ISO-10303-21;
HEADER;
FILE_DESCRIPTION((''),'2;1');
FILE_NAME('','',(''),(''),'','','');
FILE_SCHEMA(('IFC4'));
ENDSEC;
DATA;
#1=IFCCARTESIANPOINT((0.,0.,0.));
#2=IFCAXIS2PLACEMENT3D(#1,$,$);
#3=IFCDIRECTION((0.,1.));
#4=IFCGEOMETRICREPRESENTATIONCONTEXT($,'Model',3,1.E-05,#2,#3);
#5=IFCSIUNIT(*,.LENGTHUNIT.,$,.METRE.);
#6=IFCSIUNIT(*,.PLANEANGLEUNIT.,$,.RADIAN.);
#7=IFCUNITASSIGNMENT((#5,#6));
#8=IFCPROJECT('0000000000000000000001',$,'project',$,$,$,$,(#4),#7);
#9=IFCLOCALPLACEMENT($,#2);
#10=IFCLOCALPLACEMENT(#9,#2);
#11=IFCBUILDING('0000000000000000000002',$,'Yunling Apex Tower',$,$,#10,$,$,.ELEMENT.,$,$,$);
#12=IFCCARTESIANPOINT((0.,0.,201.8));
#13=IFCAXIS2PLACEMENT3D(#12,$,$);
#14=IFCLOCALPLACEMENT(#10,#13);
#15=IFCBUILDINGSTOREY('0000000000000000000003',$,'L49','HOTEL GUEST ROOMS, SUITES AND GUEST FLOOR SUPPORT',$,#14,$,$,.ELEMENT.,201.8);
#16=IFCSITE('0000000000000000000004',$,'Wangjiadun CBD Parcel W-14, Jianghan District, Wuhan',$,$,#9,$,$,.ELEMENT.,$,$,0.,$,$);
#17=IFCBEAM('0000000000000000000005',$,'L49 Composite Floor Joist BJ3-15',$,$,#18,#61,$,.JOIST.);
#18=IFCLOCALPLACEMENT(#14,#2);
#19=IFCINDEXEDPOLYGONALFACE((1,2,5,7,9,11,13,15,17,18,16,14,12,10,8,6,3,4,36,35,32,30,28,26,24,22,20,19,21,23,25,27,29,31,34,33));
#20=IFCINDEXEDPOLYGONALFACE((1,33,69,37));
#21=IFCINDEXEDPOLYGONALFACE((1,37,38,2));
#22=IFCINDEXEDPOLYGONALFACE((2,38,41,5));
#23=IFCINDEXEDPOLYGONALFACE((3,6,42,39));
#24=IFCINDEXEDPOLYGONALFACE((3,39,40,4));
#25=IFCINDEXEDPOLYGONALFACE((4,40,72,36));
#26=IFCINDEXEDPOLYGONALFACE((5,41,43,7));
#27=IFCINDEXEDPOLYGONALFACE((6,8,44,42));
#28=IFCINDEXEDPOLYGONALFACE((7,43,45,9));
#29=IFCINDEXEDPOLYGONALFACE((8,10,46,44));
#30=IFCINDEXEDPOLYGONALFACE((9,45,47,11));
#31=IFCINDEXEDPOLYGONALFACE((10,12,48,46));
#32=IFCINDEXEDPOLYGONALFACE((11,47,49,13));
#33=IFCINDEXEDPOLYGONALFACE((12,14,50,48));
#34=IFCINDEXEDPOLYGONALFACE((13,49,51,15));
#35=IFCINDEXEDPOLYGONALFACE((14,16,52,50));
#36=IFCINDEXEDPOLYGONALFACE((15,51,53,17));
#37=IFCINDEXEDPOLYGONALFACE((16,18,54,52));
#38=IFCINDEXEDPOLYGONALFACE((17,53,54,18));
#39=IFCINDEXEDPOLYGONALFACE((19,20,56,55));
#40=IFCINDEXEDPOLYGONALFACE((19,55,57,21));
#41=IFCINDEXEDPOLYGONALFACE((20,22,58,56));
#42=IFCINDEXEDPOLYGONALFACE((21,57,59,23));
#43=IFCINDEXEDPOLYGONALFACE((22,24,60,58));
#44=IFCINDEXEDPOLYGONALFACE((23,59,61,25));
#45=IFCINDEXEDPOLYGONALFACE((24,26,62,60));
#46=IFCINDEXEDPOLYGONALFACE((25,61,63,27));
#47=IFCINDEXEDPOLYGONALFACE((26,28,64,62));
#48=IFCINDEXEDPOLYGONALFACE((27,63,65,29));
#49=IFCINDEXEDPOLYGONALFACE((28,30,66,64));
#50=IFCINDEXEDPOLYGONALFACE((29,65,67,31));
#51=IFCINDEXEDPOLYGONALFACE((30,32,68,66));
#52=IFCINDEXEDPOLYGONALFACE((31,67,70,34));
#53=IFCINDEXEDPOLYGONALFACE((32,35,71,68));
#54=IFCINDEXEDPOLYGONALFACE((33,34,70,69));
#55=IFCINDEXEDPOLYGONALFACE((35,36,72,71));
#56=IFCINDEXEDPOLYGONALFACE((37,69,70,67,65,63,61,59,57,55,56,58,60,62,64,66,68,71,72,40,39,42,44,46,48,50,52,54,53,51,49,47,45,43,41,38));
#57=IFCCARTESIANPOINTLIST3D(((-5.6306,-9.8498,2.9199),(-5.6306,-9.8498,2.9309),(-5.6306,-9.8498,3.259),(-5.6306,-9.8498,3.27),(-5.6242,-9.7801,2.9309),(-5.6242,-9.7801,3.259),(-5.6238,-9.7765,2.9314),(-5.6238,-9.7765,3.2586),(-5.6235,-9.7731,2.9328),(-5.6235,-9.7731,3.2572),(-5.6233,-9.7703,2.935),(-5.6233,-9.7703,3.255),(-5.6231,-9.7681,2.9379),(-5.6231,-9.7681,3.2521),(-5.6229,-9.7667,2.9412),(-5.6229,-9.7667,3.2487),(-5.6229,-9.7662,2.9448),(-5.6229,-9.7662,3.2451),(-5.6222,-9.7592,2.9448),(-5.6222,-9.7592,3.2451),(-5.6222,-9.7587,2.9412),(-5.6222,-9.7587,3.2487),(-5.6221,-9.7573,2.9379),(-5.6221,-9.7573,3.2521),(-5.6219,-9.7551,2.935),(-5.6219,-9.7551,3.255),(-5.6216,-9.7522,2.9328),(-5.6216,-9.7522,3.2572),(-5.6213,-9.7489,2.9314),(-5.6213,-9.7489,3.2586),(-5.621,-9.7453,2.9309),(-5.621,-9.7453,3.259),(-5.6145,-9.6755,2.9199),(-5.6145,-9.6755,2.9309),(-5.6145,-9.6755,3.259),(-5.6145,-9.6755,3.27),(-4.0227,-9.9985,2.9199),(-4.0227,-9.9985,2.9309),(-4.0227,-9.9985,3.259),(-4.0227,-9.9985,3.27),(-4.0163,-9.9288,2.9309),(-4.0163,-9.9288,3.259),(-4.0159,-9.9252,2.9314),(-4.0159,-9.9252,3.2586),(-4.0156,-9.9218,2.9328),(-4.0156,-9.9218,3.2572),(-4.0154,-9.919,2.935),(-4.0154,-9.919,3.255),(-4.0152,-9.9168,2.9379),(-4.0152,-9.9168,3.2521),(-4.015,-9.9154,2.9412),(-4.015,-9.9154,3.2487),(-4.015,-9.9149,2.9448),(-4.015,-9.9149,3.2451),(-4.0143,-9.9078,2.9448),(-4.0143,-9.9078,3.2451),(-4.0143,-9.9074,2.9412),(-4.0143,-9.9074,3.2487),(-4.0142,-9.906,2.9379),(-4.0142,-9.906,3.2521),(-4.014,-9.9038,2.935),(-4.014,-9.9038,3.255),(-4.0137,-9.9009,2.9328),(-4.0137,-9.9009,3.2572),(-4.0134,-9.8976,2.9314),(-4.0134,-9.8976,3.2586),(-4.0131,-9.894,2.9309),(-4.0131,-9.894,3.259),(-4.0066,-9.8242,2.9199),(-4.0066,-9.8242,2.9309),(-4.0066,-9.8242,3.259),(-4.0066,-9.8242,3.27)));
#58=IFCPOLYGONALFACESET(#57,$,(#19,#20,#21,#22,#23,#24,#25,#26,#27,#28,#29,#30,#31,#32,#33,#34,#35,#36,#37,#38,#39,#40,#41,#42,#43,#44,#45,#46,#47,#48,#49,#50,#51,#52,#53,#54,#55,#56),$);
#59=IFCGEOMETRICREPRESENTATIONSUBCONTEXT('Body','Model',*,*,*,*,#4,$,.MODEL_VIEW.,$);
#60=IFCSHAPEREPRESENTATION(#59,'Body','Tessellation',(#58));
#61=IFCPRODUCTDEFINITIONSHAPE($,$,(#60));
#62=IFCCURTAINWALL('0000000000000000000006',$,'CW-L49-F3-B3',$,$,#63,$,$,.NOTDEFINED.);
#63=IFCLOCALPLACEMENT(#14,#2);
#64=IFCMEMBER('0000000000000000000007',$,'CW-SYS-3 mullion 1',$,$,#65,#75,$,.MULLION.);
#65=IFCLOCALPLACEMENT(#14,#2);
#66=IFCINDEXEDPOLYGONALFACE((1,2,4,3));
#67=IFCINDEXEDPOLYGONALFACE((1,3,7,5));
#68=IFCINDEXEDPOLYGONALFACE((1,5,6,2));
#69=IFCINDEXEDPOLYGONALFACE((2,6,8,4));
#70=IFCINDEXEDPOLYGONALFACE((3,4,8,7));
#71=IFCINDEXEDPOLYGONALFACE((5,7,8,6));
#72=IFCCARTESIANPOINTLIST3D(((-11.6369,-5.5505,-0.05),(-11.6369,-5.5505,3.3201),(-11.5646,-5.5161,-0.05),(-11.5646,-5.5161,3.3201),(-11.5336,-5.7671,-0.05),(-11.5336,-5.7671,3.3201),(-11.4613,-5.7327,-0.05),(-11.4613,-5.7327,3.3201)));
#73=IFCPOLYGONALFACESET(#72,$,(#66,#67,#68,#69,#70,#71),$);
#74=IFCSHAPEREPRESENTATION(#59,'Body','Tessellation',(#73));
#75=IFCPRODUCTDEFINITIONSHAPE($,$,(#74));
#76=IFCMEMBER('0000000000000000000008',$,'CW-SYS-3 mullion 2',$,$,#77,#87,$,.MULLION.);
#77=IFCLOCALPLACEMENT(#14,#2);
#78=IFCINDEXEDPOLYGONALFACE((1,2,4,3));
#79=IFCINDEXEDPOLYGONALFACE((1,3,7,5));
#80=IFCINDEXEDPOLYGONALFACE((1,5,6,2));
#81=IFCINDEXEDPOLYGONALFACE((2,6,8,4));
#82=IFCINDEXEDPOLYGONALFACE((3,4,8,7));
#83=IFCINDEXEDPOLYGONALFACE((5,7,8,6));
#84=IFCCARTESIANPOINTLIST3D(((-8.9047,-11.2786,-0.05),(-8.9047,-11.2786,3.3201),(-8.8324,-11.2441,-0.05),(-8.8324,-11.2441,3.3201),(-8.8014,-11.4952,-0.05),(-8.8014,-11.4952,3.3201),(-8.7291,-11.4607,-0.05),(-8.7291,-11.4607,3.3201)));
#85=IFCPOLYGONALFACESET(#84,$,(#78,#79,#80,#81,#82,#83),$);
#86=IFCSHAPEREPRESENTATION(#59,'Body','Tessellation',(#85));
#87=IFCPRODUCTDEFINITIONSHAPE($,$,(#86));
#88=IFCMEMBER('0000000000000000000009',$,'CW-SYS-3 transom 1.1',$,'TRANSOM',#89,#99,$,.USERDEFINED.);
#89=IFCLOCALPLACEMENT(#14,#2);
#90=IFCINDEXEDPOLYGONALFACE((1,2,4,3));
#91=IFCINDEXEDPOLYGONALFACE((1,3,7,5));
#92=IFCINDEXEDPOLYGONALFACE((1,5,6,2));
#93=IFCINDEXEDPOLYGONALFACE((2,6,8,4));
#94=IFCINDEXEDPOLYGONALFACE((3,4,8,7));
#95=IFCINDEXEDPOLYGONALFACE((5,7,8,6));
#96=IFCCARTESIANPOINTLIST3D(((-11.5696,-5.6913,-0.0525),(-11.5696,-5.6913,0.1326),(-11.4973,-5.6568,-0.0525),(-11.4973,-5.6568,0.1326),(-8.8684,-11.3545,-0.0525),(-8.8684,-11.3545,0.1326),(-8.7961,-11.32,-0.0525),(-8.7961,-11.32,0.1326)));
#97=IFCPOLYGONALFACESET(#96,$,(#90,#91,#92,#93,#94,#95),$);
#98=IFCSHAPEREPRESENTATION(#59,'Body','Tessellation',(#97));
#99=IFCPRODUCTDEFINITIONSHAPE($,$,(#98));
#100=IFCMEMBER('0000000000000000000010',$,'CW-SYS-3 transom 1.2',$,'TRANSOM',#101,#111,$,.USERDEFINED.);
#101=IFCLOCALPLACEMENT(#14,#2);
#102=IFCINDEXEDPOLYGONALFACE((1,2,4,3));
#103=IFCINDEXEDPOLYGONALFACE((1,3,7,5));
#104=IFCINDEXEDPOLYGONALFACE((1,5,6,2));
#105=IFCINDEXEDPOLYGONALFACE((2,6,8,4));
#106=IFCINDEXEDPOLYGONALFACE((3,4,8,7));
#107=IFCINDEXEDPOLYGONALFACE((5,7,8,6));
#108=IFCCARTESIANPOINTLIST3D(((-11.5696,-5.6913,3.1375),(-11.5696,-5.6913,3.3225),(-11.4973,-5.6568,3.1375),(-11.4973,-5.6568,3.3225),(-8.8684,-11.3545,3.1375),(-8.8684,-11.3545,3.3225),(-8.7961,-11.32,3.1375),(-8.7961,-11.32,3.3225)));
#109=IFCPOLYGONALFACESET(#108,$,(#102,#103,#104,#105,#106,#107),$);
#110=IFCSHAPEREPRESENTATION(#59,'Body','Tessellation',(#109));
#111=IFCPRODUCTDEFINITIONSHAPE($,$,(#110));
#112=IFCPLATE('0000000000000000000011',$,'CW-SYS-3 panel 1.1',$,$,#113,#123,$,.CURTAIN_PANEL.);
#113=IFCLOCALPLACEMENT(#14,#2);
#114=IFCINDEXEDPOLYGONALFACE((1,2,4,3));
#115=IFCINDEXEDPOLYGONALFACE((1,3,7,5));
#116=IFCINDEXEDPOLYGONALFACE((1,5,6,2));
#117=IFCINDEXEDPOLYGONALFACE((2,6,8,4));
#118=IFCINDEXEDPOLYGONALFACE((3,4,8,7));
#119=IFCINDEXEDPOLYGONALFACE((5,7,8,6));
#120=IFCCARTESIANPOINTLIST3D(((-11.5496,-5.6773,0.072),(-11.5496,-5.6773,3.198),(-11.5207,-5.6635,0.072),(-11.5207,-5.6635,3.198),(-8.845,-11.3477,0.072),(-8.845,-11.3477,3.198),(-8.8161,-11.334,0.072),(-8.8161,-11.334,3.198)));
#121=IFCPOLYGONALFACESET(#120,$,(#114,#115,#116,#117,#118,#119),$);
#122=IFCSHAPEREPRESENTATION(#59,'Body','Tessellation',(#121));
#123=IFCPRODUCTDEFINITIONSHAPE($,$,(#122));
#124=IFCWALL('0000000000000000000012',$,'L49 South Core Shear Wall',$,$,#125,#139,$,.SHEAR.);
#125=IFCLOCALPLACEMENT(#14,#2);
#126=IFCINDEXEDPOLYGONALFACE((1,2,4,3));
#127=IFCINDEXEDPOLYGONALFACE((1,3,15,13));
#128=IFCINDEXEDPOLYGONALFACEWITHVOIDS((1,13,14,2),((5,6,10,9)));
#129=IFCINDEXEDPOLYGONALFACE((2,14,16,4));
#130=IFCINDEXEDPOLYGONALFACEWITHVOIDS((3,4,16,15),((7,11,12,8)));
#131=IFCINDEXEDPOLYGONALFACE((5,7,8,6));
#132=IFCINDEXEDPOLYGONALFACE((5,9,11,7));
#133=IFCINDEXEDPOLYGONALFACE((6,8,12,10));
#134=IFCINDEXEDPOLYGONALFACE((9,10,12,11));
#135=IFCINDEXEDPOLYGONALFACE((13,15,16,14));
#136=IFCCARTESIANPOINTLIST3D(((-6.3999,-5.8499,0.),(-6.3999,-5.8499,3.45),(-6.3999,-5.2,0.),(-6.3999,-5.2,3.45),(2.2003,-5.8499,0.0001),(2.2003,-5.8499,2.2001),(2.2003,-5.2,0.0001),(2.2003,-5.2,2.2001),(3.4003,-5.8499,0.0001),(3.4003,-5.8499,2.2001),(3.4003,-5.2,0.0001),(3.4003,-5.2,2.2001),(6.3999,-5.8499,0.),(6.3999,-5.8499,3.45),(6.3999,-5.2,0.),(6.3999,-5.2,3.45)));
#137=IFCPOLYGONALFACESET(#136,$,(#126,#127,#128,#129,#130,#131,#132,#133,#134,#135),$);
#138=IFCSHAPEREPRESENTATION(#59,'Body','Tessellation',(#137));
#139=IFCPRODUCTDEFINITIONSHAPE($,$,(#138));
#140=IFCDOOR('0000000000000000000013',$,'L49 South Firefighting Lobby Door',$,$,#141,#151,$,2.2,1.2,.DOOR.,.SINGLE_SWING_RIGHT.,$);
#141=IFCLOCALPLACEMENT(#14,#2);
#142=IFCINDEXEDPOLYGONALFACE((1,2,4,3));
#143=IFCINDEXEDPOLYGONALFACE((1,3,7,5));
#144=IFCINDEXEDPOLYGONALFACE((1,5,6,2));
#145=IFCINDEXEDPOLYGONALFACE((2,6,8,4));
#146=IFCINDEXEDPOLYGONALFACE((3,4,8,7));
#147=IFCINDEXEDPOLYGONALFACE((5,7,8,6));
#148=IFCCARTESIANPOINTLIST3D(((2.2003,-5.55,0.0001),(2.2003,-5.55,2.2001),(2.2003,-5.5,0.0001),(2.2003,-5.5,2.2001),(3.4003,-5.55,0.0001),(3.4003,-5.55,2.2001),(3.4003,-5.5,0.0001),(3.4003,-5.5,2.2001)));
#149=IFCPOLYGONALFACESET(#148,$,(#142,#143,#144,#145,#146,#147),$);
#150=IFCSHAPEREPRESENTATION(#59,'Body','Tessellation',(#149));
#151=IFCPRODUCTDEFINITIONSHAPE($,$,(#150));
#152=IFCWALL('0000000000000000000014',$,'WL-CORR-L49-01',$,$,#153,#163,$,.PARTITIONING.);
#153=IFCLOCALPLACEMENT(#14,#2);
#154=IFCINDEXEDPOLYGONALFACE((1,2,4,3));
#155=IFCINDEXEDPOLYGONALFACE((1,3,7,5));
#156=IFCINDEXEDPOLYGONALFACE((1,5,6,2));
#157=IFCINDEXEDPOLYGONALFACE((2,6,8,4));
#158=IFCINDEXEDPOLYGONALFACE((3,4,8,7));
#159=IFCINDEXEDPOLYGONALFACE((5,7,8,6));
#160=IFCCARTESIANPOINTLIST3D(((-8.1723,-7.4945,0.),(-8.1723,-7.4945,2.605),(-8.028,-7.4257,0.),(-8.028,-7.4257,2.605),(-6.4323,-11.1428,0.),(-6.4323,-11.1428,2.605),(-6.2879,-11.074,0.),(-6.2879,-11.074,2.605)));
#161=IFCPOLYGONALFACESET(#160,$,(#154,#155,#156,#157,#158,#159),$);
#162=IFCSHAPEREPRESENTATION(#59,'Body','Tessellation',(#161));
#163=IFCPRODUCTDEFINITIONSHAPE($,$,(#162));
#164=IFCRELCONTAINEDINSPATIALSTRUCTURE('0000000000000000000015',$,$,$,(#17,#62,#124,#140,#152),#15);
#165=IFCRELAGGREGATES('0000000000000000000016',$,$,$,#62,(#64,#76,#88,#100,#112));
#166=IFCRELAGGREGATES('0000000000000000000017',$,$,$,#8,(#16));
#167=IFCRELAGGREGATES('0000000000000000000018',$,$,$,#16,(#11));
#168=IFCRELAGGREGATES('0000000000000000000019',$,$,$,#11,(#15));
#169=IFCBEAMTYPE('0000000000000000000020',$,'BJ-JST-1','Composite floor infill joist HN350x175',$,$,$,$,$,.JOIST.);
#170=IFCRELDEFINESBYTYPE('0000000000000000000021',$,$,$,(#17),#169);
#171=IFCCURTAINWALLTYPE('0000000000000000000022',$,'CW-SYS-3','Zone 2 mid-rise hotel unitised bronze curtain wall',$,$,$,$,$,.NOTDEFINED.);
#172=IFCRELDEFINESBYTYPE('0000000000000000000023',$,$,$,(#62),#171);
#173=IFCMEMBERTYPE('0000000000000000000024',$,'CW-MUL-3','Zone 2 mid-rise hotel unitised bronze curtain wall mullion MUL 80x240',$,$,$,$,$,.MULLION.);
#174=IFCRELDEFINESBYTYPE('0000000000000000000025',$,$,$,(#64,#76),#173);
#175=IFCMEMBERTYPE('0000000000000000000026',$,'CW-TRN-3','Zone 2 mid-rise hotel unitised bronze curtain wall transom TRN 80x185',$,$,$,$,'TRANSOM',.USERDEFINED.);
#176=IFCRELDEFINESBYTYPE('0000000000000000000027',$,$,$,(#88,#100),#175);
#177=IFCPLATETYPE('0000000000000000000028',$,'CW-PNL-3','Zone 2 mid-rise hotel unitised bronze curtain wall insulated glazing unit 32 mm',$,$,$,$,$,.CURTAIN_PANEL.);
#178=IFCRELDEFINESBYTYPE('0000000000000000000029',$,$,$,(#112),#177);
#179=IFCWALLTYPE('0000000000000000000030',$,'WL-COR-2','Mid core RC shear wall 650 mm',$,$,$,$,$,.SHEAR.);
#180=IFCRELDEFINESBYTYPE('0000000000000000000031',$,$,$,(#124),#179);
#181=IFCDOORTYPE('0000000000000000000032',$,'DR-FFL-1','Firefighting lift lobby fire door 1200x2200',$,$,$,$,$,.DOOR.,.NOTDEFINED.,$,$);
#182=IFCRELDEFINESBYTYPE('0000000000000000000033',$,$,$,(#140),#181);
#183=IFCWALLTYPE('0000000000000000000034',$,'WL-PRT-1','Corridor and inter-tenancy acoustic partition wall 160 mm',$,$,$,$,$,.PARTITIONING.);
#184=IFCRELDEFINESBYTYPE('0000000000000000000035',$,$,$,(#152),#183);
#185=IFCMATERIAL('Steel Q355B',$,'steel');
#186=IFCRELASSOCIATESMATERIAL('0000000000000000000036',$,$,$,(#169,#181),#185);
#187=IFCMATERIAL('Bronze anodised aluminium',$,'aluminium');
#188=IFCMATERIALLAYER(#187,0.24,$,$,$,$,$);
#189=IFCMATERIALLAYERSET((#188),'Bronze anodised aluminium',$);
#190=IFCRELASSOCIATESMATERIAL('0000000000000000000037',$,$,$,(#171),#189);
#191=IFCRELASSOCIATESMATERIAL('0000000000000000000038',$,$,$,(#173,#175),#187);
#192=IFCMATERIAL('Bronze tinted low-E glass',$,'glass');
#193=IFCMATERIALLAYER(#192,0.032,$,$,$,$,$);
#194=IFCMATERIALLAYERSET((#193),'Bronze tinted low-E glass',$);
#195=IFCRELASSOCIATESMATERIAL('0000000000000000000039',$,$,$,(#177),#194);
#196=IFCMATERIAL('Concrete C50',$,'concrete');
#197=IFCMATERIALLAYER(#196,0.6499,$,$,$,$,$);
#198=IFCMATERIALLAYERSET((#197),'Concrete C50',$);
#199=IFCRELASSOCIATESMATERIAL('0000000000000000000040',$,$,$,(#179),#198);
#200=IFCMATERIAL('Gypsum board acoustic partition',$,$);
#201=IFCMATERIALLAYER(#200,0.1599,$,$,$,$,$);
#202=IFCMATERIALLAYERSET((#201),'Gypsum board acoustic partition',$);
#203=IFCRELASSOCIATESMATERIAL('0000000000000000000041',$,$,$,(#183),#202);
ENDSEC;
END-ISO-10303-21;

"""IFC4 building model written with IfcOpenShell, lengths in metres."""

from ifc_helpers import new_model, si_unit, direction, frame, frame_2d, origin, origin_2d, place, context, subcontext, project, spatial, rectangle, i_section, extrude, source, transform, mapped, material, layer, layer_set, material_profile, profile_set, type_object, element, fill, aggregate, save


model = new_model("IFC4")

# Units and contexts
model_context = context("Model", 3, precision=1e-05, world=origin(), true_north=direction((0.0, 1.0)))
body_context = subcontext(model_context, "Body", "Model", "MODEL_VIEW")
ifc_project = project(units=[si_unit("LENGTHUNIT", "METRE"), si_unit("PLANEANGLEUNIT", "RADIAN")], contexts=[model_context])

# Site, building, storey
site_placement = place(None, origin())
site = spatial("IfcSite", under=ifc_project, at=site_placement, Name="Wangjiadun CBD Parcel W-14, Jianghan District, Wuhan", CompositionType="ELEMENT", RefElevation=0.0)
building_placement = place(site_placement, origin())
building = spatial("IfcBuilding", under=site, at=building_placement, Name="Yunling Apex Tower", CompositionType="ELEMENT")
storey_placement = place(building_placement, frame((0.0, 0.0, 201.8)))
storey = spatial("IfcBuildingStorey", under=building, at=storey_placement, Name="L49", Description="HOTEL GUEST ROOMS, SUITES AND GUEST FLOOR SUPPORT", CompositionType="ELEMENT", Elevation=201.8)

# Shared definitions
ifc_material_1 = material(Name="Concrete C50", Category="concrete")

# Beam
ifc_material_2 = material(Name="Steel Q355B", Category="steel")
ifc_material_profile_1 = material_profile(ifc_material_2, i_section(OverallWidth=0.175, OverallDepth=0.3501, WebThickness=0.0071, FlangeThickness=0.011, FilletRadius=0.0139, at=origin_2d()))
ifc_profile_set_1 = profile_set([ifc_material_profile_1], Name="Steel Q355B")
beam_type_1 = type_object("IfcBeamType", Name="BJ-JST-1", Description="Composite floor infill joist HN350x175", PredefinedType="JOIST", material=ifc_profile_set_1)
shared_shape_1 = source(origin(), body_context, "Body", "SweptSolid", [
    extrude(i_section(OverallWidth=0.175, OverallDepth=0.3501, WebThickness=0.0071, FlangeThickness=0.011, FilletRadius=0.0139, at=origin_2d()), origin(), (0.0, 0.0, 1.0), 1.6147),
])
beam_1_placement = place(storey_placement, frame((-5.6226, -9.7627, 3.095), z_axis=(0.995752, -0.092076, 0.0), x_axis=(0.092076, 0.995752, 0.0)))
element("IfcBeam", 1, at=beam_1_placement, inside=storey, type_object=beam_type_1, Name="L49 Composite Floor Joist BJ3-15", PredefinedType="JOIST", context=body_context, shape_type="MappedRepresentation", body=[
    mapped(shared_shape_1, transform((0.0, 0.0, 0.0), scale=1.0)),
])

# Curtain wall, members, plate
ifc_material_3 = material(Name="Bronze anodised aluminium", Category="aluminium")
ifc_layer_1 = layer(ifc_material_3, 0.24)
ifc_layer_set_1 = layer_set([ifc_layer_1], Name="Bronze anodised aluminium")
curtain_wall_type = type_object("IfcCurtainWallType", Name="CW-SYS-3", Description="Zone 2 mid-rise hotel unitised bronze curtain wall", PredefinedType="NOTDEFINED", material=ifc_layer_set_1)
curtain_wall_placement = place(storey_placement, origin())
curtain_wall = element("IfcCurtainWall", 2, at=curtain_wall_placement, inside=storey, type_object=curtain_wall_type, Name="CW-L49-F3-B3", PredefinedType="NOTDEFINED")
ifc_material_profile_2 = material_profile(ifc_material_3, rectangle(XDim=0.0801, YDim=0.24, at=origin_2d()))
ifc_profile_set_2 = profile_set([ifc_material_profile_2], Name="Bronze anodised aluminium")
member_type_1 = type_object("IfcMemberType", Name="CW-MUL-3", Description="Zone 2 mid-rise hotel unitised bronze curtain wall mullion MUL 80x240", PredefinedType="MULLION", material=ifc_profile_set_2)
shared_shape_2 = source(origin(), body_context, "Body", "SweptSolid", [
    extrude(rectangle(XDim=0.0801, YDim=0.24, at=origin_2d()), origin(), (0.0, 0.0, 1.0), 3.3701),
])
member_1_placement = place(storey_placement, frame((-11.5491, -5.6416, -0.05), z_axis=(0.0, 0.0, 1.0), x_axis=(0.902588, 0.430505, 0.0)))
member_1 = element("IfcMember", 3, at=member_1_placement, type_object=member_type_1, Name="CW-SYS-3 mullion 1", PredefinedType="MULLION", context=body_context, shape_type="MappedRepresentation", body=[
    mapped(shared_shape_2, transform((0.0, 0.0, 0.0), scale=1.0)),
])
member_2_placement = place(storey_placement, frame((-8.8169, -11.3696, -0.05), z_axis=(0.0, 0.0, 1.0), x_axis=(0.902588, 0.430505, 0.0)))
member_2 = element("IfcMember", 4, at=member_2_placement, type_object=member_type_1, Name="CW-SYS-3 mullion 2", PredefinedType="MULLION", context=body_context, shape_type="MappedRepresentation", body=[
    mapped(shared_shape_2, transform((0.0, 0.0, 0.0), scale=1.0)),
])
ifc_material_profile_3 = material_profile(ifc_material_3, rectangle(XDim=0.0801, YDim=0.1851, at=origin_2d()))
ifc_profile_set_3 = profile_set([ifc_material_profile_3], Name="Bronze anodised aluminium")
member_type_2 = type_object("IfcMemberType", Name="CW-TRN-3", Description="Zone 2 mid-rise hotel unitised bronze curtain wall transom TRN 80x185", ElementType="TRANSOM", PredefinedType="USERDEFINED", material=ifc_profile_set_3)
shared_shape_3 = source(origin(), body_context, "Body", "SweptSolid", [
    extrude(rectangle(XDim=0.0801, YDim=0.1851, at=origin_2d()), origin(), (0.0, 0.0, 1.0), 6.2744),
])
member_3_placement = place(storey_placement, frame((-11.5334, -5.6741, 0.04), z_axis=(0.430513, -0.902584, 0.0), x_axis=(0.902584, 0.430513, 0.0)))
member_3 = element("IfcMember", 5, at=member_3_placement, type_object=member_type_2, Name="CW-SYS-3 transom 1.1", ObjectType="TRANSOM", PredefinedType="USERDEFINED", context=body_context, shape_type="MappedRepresentation", body=[
    mapped(shared_shape_3, transform((0.0, 0.0, 0.0), scale=1.0)),
])
member_4_placement = place(storey_placement, frame((-11.5334, -5.6741, 3.23), z_axis=(0.430513, -0.902584, 0.0), x_axis=(0.902584, 0.430513, 0.0)))
member_4 = element("IfcMember", 6, at=member_4_placement, type_object=member_type_2, Name="CW-SYS-3 transom 1.2", ObjectType="TRANSOM", PredefinedType="USERDEFINED", context=body_context, shape_type="MappedRepresentation", body=[
    mapped(shared_shape_3, transform((0.0, 0.0, 0.0), scale=1.0)),
])
ifc_material_4 = material(Name="Bronze tinted low-E glass", Category="glass")
ifc_layer_2 = layer(ifc_material_4, 0.032)
ifc_layer_set_2 = layer_set([ifc_layer_2], Name="Bronze tinted low-E glass")
plate_type = type_object("IfcPlateType", Name="CW-PNL-3", Description="Zone 2 mid-rise hotel unitised bronze curtain wall insulated glazing unit 32 mm", PredefinedType="CURTAIN_PANEL", material=ifc_layer_set_2)
shared_shape_4 = source(origin(), body_context, "Body", "SweptSolid", [
    extrude(rectangle(XDim=6.2825, YDim=0.032, at=origin_2d()), origin(), (0.0, 0.0, 1.0), 3.126),
])
plate_placement = place(storey_placement, frame((-10.1829, -8.5056, 0.072), z_axis=(0.0, 0.0, 1.0), x_axis=(0.430505, -0.902588, 0.0)))
plate = element("IfcPlate", 7, at=plate_placement, type_object=plate_type, Name="CW-SYS-3 panel 1.1", PredefinedType="CURTAIN_PANEL", context=body_context, shape_type="MappedRepresentation", body=[
    mapped(shared_shape_4, transform((0.0, 0.0, 0.0), scale=1.0)),
])
aggregate(curtain_wall, [member_1, member_2, member_3, member_4, plate])

# Wall, opening, door
ifc_layer_3 = layer(ifc_material_1, 0.6499)
ifc_layer_set_3 = layer_set([ifc_layer_3], Name="Concrete C50")
wall_type_1 = type_object("IfcWallType", Name="WL-COR-2", Description="Mid core RC shear wall 650 mm", PredefinedType="SHEAR", material=ifc_layer_set_3)
wall_1_placement = place(storey_placement, frame((-6.3999, -5.5249, 0.0), z_axis=(0.0, 0.0, 1.0), x_axis=(1.0, 0.0, 0.0)))
wall_1 = element("IfcWall", 8, at=wall_1_placement, inside=storey, type_object=wall_type_1, Name="L49 South Core Shear Wall", PredefinedType="SHEAR", context=body_context, shape_type="SweptSolid", body=[
    extrude(rectangle(XDim=12.7998, YDim=0.6499, at=frame_2d((6.3999, 0.0))), origin(), (0.0, 0.0, 1.0), 3.45),
])
opening_1_placement = place(wall_1_placement, frame((8.6001, 0.0, 0.0)))
opening_1 = element("IfcOpeningElement", 9, at=opening_1_placement, cuts=wall_1, PredefinedType="OPENING", context=body_context, shape_type="SweptSolid", body=[
    extrude(rectangle(XDim=1.2, YDim=2.2, at=frame_2d((0.6001, 1.1001))), frame((0.0, 0.335, 0.0), z_axis=(0.0, -1.0, 0.0), x_axis=(1.0, 0.0, 0.0)), (0.0, 0.0, 1.0), 0.6699),
])
door_type_1 = type_object("IfcDoorType", Name="DR-FFL-1", Description="Firefighting lift lobby fire door 1200x2200", OperationType="NOTDEFINED", PredefinedType="DOOR", material=ifc_material_2)
door_1_placement = place(opening_1_placement, origin())
door_1 = element("IfcDoor", 10, at=door_1_placement, inside=storey, type_object=door_type_1, Name="L49 South Firefighting Lobby Door", OperationType="SINGLE_SWING_RIGHT", OverallHeight=2.2, OverallWidth=1.2, PredefinedType="DOOR", context=body_context, shape_type="SweptSolid", body=[
    extrude(rectangle(XDim=1.2, YDim=2.2, at=frame_2d((0.6001, 1.1001))), frame((0.0, 0.0249, 0.0), z_axis=(0.0, -1.0, 0.0), x_axis=(1.0, 0.0, 0.0)), (0.0, 0.0, 1.0), 0.05),
])
fill(opening_1, door_1)

# Wall
ifc_material_5 = material(Name="Gypsum board acoustic partition")
ifc_layer_4 = layer(ifc_material_5, 0.1599)
ifc_layer_set_4 = layer_set([ifc_layer_4], Name="Gypsum board acoustic partition")
wall_type_2 = type_object("IfcWallType", Name="WL-PRT-1", Description="Corridor and inter-tenancy acoustic partition wall 160 mm", PredefinedType="PARTITIONING", material=ifc_layer_set_4)
wall_2_placement = place(storey_placement, frame((-6.3601, -11.1084, 0.0), z_axis=(0.0, 0.0, 1.0), x_axis=(-0.430489, 0.902596, 0.0)))
element("IfcWall", 11, at=wall_2_placement, inside=storey, type_object=wall_type_2, Name="WL-CORR-L49-01", PredefinedType="PARTITIONING", context=body_context, shape_type="SweptSolid", body=[
    extrude(rectangle(XDim=4.042, YDim=0.1599, at=frame_2d((2.021, 0.0))), origin(), (0.0, 0.0, 1.0), 2.605),
])

save(model, "model.ifc")
